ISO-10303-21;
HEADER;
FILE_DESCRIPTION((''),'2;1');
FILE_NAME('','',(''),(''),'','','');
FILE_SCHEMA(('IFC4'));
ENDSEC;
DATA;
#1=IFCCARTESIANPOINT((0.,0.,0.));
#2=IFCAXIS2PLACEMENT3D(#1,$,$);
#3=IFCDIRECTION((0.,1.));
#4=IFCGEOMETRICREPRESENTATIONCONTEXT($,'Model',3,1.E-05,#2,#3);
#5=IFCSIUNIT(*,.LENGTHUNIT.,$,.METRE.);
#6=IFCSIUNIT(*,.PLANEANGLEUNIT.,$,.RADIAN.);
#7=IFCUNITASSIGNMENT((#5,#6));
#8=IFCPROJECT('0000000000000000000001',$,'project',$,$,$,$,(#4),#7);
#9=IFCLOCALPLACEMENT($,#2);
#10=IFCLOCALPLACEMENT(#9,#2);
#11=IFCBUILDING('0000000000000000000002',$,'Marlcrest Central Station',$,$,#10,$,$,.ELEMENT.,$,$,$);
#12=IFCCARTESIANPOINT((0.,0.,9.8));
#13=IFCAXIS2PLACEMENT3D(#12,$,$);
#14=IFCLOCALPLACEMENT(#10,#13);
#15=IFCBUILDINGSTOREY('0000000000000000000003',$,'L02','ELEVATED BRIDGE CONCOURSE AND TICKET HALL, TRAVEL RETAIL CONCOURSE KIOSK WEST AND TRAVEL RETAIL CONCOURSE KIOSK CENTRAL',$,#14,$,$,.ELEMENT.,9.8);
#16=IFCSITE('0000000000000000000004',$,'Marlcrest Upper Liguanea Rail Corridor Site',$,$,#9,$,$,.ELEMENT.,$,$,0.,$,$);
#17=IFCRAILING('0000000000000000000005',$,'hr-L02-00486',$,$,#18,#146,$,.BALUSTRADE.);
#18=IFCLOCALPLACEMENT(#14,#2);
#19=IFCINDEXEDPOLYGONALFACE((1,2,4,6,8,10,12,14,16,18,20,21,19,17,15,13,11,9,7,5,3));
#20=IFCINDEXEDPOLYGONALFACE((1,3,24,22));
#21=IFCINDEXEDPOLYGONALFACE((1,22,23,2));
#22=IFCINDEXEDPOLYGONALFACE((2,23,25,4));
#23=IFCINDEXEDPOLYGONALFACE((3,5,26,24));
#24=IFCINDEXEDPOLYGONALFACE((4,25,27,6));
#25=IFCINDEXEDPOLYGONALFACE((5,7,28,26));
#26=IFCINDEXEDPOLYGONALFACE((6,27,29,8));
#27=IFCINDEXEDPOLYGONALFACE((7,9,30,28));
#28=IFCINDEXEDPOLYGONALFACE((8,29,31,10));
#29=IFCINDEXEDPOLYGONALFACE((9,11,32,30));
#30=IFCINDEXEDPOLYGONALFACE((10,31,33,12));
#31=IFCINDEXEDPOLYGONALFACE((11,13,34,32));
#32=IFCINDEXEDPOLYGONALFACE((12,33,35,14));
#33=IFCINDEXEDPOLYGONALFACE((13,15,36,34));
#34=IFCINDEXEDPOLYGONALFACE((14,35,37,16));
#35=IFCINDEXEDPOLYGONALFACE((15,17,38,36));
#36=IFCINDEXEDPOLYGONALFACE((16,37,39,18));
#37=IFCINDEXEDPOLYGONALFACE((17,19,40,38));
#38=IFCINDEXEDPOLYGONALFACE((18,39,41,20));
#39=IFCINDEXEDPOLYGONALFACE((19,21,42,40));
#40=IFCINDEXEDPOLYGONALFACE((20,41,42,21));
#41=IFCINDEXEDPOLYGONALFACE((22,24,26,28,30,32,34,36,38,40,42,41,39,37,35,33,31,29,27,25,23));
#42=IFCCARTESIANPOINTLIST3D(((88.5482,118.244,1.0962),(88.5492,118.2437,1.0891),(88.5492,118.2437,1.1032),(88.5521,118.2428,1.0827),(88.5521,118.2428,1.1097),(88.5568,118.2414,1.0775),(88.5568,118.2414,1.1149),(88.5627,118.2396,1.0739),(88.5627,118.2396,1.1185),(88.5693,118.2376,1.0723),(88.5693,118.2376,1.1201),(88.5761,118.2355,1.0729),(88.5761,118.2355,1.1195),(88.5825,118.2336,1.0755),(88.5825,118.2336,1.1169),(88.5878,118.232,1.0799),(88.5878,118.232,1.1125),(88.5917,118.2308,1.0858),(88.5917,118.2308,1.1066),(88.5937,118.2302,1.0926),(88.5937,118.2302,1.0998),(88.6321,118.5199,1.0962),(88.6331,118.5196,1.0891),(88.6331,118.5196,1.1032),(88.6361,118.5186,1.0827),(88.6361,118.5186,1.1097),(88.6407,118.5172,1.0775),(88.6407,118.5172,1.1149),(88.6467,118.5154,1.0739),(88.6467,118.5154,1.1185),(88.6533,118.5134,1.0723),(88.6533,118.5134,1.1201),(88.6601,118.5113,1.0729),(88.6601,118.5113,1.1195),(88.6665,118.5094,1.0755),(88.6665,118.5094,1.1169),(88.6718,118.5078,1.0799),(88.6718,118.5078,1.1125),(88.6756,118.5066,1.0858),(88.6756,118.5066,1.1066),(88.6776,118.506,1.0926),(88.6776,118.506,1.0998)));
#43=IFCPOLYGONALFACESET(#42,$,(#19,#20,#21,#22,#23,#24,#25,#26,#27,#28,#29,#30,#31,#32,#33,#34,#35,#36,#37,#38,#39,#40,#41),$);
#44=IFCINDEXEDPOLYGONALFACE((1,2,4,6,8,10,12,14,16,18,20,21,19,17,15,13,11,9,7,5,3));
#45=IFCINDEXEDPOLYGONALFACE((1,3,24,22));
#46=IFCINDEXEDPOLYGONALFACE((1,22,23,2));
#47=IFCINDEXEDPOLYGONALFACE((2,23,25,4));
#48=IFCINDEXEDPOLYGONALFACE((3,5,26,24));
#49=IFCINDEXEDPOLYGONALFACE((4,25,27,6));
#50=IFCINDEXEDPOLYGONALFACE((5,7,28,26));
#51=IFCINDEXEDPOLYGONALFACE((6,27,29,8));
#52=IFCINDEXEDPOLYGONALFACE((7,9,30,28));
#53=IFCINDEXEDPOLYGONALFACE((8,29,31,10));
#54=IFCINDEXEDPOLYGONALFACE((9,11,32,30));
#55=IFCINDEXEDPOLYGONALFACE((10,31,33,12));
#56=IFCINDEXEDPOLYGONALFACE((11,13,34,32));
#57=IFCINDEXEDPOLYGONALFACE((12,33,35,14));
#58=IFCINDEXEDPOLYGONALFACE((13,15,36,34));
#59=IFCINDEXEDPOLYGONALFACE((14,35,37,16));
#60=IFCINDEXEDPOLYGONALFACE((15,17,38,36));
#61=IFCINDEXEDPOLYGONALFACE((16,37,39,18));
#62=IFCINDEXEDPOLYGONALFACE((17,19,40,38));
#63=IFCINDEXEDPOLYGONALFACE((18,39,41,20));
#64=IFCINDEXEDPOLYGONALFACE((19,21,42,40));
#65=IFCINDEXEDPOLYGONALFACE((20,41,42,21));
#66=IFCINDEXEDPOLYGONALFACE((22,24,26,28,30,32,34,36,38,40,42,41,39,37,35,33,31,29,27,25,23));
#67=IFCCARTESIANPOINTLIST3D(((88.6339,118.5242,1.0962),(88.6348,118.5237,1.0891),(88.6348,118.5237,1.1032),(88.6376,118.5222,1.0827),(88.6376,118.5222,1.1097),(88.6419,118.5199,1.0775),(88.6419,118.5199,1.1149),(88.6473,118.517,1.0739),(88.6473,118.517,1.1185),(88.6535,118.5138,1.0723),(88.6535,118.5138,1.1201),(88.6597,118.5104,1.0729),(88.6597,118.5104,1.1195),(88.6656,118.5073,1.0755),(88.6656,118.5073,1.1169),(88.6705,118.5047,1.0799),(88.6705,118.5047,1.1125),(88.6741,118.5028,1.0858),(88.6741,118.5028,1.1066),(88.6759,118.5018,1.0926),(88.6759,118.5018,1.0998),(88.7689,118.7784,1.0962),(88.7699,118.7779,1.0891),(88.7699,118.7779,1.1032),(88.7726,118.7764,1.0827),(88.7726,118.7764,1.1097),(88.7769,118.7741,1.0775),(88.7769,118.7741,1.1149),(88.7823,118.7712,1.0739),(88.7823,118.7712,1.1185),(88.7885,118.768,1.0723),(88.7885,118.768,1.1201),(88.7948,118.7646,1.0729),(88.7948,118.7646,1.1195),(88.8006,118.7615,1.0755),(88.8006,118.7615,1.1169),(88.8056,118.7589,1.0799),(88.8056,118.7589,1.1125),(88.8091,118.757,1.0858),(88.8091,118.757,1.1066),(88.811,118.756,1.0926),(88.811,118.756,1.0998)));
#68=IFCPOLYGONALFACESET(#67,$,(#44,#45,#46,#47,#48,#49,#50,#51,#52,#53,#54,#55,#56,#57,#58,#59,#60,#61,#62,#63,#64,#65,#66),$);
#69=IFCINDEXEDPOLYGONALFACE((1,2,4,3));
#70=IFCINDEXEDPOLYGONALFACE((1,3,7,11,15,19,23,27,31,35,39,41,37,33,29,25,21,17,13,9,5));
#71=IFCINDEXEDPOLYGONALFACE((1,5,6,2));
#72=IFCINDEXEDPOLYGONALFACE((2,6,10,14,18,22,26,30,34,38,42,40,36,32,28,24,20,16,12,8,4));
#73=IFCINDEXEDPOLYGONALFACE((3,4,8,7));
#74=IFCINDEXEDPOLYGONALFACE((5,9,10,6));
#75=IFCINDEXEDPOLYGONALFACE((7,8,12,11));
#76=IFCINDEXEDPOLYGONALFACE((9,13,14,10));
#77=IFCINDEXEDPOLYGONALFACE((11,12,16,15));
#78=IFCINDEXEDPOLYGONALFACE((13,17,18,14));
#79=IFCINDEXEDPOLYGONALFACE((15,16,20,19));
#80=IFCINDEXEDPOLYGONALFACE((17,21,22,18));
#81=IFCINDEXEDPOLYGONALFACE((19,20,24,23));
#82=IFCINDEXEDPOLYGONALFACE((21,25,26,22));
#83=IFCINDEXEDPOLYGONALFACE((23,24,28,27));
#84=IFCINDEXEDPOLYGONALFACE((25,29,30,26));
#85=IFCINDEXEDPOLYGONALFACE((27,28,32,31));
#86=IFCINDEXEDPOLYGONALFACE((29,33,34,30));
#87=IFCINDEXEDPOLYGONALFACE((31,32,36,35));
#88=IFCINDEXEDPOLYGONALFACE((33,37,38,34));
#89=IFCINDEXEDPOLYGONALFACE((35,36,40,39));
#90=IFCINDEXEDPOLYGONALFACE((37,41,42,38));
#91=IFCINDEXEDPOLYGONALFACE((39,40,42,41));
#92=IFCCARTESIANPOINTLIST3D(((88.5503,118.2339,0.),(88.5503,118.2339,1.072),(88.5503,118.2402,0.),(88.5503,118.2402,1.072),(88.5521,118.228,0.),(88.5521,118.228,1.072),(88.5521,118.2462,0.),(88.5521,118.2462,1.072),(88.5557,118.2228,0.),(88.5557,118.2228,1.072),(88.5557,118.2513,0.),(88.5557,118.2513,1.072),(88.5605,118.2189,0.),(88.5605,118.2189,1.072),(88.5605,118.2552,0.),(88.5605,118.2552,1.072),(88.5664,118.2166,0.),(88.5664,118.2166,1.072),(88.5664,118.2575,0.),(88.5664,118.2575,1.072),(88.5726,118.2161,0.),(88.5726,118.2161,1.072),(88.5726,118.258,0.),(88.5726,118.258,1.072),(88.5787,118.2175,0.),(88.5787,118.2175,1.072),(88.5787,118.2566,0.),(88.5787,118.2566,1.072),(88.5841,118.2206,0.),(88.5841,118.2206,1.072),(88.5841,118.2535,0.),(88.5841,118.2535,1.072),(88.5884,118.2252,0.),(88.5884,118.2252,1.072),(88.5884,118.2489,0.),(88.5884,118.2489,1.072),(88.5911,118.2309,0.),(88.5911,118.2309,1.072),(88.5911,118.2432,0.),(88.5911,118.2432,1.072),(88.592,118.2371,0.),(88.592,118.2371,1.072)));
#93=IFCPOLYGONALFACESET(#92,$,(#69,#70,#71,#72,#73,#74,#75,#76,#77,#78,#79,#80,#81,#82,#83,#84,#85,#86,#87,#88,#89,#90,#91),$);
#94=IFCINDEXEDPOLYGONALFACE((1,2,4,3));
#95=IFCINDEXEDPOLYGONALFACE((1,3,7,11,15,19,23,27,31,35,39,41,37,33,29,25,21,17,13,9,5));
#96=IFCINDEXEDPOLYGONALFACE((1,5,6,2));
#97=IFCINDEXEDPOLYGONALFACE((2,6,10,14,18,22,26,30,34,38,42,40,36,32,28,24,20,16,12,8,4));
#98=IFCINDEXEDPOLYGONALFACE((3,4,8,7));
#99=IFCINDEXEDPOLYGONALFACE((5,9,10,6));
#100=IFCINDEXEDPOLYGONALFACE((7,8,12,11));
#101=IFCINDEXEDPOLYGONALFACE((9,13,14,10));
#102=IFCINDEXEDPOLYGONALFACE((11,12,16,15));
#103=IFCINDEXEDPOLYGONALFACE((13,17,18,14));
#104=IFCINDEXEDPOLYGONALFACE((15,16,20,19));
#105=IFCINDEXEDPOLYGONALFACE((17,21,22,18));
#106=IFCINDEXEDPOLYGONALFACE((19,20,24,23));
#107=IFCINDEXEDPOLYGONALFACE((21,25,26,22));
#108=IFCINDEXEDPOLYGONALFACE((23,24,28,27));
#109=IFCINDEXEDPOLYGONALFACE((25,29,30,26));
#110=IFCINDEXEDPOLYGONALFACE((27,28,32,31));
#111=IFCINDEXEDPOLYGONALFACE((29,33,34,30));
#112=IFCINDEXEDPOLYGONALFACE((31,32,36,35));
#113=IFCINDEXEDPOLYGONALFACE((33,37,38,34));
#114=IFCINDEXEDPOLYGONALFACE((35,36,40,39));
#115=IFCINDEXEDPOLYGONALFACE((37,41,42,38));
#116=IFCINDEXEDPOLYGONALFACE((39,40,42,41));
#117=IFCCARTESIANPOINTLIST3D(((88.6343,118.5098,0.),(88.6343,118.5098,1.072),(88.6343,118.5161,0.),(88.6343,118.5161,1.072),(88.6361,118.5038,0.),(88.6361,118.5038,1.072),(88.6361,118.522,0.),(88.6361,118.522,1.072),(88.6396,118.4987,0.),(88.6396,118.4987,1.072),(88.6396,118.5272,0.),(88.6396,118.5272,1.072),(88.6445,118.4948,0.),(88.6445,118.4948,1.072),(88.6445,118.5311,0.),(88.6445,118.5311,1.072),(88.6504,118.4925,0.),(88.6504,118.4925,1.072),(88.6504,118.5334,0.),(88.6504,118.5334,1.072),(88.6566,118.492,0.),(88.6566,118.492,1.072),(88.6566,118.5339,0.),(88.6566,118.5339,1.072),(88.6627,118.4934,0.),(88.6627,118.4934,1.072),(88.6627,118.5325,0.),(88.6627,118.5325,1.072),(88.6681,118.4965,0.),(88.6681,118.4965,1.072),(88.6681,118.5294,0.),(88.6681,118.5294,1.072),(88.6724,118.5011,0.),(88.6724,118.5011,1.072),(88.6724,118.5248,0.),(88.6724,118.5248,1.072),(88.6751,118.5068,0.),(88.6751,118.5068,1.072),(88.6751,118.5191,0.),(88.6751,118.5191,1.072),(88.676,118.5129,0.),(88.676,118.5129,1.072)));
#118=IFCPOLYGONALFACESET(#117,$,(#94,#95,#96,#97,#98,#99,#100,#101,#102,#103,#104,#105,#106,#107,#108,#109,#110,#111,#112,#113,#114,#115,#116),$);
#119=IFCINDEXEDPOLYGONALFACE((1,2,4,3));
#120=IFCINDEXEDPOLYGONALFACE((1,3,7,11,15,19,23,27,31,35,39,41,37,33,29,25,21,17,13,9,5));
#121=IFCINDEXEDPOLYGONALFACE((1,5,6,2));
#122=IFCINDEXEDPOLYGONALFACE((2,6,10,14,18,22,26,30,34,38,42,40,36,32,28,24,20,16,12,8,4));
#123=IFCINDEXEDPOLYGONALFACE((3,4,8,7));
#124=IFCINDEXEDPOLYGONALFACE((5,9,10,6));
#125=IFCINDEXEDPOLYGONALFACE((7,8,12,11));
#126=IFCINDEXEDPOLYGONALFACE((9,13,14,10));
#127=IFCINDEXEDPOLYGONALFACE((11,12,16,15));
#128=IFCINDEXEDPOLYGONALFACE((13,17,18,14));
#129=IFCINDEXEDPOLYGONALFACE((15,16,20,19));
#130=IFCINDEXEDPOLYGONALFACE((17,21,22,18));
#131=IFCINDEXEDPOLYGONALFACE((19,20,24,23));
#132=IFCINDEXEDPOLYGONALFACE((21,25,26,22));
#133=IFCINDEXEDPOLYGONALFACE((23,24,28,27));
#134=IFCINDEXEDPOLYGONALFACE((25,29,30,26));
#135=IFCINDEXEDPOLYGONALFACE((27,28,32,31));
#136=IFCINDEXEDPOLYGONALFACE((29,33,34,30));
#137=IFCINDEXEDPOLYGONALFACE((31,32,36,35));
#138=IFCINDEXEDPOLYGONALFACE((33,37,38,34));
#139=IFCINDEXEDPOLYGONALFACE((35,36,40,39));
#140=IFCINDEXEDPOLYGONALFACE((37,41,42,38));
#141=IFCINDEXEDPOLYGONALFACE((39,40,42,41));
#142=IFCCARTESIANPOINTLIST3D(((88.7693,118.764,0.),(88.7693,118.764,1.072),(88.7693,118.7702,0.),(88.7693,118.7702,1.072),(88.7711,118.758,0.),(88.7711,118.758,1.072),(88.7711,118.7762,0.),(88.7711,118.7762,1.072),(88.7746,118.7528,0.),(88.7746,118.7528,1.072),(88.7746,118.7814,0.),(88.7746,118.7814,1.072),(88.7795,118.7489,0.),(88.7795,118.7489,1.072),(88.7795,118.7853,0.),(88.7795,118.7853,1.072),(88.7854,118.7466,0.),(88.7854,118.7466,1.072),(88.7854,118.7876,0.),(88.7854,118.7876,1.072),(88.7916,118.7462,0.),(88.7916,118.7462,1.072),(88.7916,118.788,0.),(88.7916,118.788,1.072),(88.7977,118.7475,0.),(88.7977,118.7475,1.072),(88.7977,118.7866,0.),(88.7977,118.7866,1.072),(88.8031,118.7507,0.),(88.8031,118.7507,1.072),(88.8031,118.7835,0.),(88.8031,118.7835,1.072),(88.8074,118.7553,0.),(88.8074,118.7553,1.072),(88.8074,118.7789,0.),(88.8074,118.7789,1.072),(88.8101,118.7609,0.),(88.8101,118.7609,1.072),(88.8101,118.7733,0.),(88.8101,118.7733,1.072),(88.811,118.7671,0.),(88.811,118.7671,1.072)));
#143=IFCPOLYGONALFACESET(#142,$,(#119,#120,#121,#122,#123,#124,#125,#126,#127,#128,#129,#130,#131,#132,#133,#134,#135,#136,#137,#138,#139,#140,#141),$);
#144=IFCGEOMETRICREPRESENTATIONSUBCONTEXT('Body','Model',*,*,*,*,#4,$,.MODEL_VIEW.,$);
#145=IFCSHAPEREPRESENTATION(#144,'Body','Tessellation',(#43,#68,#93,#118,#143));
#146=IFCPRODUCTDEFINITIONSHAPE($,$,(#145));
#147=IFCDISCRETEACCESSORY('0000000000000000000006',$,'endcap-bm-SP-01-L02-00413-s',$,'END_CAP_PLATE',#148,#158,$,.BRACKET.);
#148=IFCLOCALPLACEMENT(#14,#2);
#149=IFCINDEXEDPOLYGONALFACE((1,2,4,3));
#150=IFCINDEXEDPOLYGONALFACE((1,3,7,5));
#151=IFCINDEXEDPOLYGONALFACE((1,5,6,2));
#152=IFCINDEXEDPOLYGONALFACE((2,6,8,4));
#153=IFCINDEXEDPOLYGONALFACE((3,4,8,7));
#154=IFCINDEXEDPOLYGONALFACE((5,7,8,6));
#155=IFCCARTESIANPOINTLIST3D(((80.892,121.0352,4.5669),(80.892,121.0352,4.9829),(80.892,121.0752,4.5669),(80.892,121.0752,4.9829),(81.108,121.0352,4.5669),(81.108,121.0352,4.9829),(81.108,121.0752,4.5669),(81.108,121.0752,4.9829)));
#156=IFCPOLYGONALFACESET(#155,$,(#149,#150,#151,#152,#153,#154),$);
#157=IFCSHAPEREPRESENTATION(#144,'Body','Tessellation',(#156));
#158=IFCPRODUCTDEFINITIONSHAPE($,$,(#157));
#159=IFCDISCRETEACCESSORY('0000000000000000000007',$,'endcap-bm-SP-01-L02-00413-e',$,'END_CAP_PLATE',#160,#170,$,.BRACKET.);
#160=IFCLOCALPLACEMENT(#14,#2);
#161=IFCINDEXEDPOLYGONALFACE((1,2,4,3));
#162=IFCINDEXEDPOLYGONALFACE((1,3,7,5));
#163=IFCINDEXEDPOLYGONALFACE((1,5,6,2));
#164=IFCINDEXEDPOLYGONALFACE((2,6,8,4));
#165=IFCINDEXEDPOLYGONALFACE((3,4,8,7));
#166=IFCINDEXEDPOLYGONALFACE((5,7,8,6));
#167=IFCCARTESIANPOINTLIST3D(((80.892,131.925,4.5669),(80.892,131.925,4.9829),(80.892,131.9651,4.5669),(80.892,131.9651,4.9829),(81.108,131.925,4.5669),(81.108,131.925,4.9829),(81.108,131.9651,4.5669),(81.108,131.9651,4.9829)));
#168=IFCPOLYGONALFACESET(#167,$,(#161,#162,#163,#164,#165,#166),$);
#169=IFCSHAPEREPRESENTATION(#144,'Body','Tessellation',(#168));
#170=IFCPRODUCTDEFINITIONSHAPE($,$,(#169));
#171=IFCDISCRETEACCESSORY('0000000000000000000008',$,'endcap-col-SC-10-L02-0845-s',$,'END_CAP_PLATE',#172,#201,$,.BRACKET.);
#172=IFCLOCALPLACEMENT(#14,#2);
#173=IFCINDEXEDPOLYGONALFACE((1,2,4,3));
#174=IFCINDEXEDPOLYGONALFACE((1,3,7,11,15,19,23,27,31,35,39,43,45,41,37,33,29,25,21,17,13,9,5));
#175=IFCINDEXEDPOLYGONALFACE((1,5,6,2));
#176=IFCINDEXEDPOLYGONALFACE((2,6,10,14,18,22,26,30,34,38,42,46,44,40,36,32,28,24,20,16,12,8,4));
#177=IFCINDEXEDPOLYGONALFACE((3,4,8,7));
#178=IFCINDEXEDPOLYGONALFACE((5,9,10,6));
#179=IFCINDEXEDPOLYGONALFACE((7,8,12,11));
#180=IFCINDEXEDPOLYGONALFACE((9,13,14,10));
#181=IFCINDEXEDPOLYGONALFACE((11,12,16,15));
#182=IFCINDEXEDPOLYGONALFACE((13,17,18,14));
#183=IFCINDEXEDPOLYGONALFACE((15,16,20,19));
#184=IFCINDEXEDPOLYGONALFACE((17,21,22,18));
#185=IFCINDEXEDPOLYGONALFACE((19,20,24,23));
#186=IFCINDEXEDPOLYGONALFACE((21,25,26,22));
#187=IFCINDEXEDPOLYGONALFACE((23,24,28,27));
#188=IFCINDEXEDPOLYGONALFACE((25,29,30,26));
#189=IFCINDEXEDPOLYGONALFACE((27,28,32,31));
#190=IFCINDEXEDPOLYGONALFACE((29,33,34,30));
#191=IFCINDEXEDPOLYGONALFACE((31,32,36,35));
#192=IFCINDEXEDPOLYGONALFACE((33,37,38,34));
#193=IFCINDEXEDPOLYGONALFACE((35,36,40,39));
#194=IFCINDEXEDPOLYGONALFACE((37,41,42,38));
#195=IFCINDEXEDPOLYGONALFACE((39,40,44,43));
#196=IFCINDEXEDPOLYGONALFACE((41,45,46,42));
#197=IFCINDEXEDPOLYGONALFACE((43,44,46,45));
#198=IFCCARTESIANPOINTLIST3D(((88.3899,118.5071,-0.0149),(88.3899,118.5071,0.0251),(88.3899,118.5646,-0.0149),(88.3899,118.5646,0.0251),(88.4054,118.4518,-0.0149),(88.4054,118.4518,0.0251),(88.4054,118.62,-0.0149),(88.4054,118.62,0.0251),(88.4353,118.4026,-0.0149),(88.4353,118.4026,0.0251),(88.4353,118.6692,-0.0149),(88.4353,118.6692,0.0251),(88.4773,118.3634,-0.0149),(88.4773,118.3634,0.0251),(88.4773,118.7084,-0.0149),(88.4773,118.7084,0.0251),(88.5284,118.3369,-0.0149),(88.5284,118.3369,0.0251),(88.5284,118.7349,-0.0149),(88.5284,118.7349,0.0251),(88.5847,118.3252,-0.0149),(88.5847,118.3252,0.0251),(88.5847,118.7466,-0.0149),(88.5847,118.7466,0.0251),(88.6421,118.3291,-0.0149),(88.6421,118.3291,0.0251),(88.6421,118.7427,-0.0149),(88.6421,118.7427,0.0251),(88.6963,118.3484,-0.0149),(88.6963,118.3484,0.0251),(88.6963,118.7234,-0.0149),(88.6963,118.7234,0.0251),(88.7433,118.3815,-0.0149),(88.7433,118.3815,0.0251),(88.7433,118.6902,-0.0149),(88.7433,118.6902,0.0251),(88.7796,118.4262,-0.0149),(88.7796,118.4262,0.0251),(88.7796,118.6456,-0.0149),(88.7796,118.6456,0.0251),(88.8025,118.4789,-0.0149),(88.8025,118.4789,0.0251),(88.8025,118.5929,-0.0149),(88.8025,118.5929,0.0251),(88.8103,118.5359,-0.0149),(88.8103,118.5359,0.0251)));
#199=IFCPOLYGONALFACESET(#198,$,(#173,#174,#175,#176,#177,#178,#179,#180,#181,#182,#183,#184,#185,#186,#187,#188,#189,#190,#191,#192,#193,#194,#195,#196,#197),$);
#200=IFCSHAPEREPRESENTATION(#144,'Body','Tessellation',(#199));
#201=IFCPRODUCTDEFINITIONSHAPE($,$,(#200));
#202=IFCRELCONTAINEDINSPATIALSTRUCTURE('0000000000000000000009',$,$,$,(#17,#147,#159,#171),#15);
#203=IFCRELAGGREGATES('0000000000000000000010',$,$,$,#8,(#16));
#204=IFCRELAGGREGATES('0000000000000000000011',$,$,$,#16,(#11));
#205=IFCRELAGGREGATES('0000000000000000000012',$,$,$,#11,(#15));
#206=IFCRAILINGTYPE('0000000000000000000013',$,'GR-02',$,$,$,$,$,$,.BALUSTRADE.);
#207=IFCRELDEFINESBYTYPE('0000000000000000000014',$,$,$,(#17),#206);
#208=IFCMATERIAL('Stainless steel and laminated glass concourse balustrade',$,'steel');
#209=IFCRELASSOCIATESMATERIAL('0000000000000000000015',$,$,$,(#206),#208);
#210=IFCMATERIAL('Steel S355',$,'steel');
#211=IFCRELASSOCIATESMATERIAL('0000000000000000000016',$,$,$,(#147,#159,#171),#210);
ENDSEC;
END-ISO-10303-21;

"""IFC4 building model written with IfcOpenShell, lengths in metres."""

from ifc_helpers import new_model, si_unit, direction, frame, origin, origin_2d, place, context, subcontext, project, spatial, rectangle, circle, extrude, material, type_object, element, save


model = new_model("IFC4")

# Units and contexts
model_context = context("Model", 3, precision=1e-05, world=origin(), true_north=direction((0.0, 1.0)))
body_context = subcontext(model_context, "Body", "Model", "MODEL_VIEW")
ifc_project = project(units=[si_unit("LENGTHUNIT", "METRE"), si_unit("PLANEANGLEUNIT", "RADIAN")], contexts=[model_context])

# Site, building, storey
site_placement = place(None, origin())
site = spatial("IfcSite", under=ifc_project, at=site_placement, Name="Marlcrest Upper Liguanea Rail Corridor Site", CompositionType="ELEMENT", RefElevation=0.0)
building_placement = place(site_placement, origin())
building = spatial("IfcBuilding", under=site, at=building_placement, Name="Marlcrest Central Station", CompositionType="ELEMENT")
storey_placement = place(building_placement, frame((0.0, 0.0, 9.8)))
storey = spatial("IfcBuildingStorey", under=building, at=storey_placement, Name="L02", Description="ELEVATED BRIDGE CONCOURSE AND TICKET HALL, TRAVEL RETAIL CONCOURSE KIOSK WEST AND TRAVEL RETAIL CONCOURSE KIOSK CENTRAL", CompositionType="ELEMENT", Elevation=9.8)

# Shared definitions
ifc_material_1 = material(Name="Steel S355", Category="steel")

# Railing
ifc_material_2 = material(Name="Stainless steel and laminated glass concourse balustrade", Category="steel")
railing_type = type_object("IfcRailingType", Name="GR-02", PredefinedType="BALUSTRADE", material=ifc_material_2)
railing_placement = place(storey_placement, frame((88.571, 118.2371, 0.0)))
element("IfcRailing", 1, at=railing_placement, inside=storey, type_object=railing_type, Name="hr-L02-00486", PredefinedType="BALUSTRADE", context=body_context, shape_type="SweptSolid", body=[
    extrude(circle(Radius=0.0239, at=origin_2d()), frame((0.0, 0.0, 1.0962), z_axis=(0.291229, 0.956653, 0.0), x_axis=(-0.956653, 0.291229, 0.0)), (0.0, 0.0, 1.0), 0.2883),
    extrude(circle(Radius=0.0239, at=origin_2d()), frame((0.084, 0.2759, 1.0962), z_axis=(0.469135, 0.883127, 0.0), x_axis=(-0.883127, 0.469135, 0.0)), (0.0, 0.0, 1.0), 0.2878),
    extrude(circle(Radius=0.021, at=origin_2d()), origin(), (0.0, 0.0, 1.0), 1.072),
    extrude(circle(Radius=0.021, at=origin_2d()), frame((0.084, 0.2759, 0.0)), (0.0, 0.0, 1.0), 1.072),
    extrude(circle(Radius=0.021, at=origin_2d()), frame((0.219, 0.53, 0.0)), (0.0, 0.0, 1.0), 1.072),
])

# Discrete accessories
for number, where, z_axis, x_axis, name in (
    (2, (81.0, 121.0352, 4.7749), (0.0, 1.0, 0.0), (-1.0, 0.0, 0.0), "endcap-bm-SP-01-L02-00413-s"),
    (3, (81.0, 131.925, 4.7749), (0.0, 1.0, 0.0), (-1.0, 0.0, 0.0), "endcap-bm-SP-01-L02-00413-e"),
):
    element("IfcDiscreteAccessory", number, at=place(storey_placement, frame(where, z_axis=z_axis, x_axis=x_axis)), inside=storey, material=ifc_material_1, Name=name, ObjectType="END_CAP_PLATE", PredefinedType="BRACKET", context=body_context, shape_type="SweptSolid", body=[
        extrude(rectangle(XDim=0.2161, YDim=0.416, at=origin_2d()), origin(), (0.0, 0.0, 1.0), 0.04),
    ])
for number, where, z_axis, x_axis, name in (
    (4, (88.5991, 118.5359, -0.0149), (0.0, 0.0, 1.0), (1.0, 0.0, 0.0), "endcap-col-SC-10-L02-0845-s"),
):
    element("IfcDiscreteAccessory", number, at=place(storey_placement, frame(where, z_axis=z_axis, x_axis=x_axis)), inside=storey, material=ifc_material_1, Name=name, ObjectType="END_CAP_PLATE", PredefinedType="BRACKET", context=body_context, shape_type="SweptSolid", body=[
        extrude(circle(Radius=0.2112, at=origin_2d()), origin(), (0.0, 0.0, 1.0), 0.04),
    ])

save(model, "model.ifc")
